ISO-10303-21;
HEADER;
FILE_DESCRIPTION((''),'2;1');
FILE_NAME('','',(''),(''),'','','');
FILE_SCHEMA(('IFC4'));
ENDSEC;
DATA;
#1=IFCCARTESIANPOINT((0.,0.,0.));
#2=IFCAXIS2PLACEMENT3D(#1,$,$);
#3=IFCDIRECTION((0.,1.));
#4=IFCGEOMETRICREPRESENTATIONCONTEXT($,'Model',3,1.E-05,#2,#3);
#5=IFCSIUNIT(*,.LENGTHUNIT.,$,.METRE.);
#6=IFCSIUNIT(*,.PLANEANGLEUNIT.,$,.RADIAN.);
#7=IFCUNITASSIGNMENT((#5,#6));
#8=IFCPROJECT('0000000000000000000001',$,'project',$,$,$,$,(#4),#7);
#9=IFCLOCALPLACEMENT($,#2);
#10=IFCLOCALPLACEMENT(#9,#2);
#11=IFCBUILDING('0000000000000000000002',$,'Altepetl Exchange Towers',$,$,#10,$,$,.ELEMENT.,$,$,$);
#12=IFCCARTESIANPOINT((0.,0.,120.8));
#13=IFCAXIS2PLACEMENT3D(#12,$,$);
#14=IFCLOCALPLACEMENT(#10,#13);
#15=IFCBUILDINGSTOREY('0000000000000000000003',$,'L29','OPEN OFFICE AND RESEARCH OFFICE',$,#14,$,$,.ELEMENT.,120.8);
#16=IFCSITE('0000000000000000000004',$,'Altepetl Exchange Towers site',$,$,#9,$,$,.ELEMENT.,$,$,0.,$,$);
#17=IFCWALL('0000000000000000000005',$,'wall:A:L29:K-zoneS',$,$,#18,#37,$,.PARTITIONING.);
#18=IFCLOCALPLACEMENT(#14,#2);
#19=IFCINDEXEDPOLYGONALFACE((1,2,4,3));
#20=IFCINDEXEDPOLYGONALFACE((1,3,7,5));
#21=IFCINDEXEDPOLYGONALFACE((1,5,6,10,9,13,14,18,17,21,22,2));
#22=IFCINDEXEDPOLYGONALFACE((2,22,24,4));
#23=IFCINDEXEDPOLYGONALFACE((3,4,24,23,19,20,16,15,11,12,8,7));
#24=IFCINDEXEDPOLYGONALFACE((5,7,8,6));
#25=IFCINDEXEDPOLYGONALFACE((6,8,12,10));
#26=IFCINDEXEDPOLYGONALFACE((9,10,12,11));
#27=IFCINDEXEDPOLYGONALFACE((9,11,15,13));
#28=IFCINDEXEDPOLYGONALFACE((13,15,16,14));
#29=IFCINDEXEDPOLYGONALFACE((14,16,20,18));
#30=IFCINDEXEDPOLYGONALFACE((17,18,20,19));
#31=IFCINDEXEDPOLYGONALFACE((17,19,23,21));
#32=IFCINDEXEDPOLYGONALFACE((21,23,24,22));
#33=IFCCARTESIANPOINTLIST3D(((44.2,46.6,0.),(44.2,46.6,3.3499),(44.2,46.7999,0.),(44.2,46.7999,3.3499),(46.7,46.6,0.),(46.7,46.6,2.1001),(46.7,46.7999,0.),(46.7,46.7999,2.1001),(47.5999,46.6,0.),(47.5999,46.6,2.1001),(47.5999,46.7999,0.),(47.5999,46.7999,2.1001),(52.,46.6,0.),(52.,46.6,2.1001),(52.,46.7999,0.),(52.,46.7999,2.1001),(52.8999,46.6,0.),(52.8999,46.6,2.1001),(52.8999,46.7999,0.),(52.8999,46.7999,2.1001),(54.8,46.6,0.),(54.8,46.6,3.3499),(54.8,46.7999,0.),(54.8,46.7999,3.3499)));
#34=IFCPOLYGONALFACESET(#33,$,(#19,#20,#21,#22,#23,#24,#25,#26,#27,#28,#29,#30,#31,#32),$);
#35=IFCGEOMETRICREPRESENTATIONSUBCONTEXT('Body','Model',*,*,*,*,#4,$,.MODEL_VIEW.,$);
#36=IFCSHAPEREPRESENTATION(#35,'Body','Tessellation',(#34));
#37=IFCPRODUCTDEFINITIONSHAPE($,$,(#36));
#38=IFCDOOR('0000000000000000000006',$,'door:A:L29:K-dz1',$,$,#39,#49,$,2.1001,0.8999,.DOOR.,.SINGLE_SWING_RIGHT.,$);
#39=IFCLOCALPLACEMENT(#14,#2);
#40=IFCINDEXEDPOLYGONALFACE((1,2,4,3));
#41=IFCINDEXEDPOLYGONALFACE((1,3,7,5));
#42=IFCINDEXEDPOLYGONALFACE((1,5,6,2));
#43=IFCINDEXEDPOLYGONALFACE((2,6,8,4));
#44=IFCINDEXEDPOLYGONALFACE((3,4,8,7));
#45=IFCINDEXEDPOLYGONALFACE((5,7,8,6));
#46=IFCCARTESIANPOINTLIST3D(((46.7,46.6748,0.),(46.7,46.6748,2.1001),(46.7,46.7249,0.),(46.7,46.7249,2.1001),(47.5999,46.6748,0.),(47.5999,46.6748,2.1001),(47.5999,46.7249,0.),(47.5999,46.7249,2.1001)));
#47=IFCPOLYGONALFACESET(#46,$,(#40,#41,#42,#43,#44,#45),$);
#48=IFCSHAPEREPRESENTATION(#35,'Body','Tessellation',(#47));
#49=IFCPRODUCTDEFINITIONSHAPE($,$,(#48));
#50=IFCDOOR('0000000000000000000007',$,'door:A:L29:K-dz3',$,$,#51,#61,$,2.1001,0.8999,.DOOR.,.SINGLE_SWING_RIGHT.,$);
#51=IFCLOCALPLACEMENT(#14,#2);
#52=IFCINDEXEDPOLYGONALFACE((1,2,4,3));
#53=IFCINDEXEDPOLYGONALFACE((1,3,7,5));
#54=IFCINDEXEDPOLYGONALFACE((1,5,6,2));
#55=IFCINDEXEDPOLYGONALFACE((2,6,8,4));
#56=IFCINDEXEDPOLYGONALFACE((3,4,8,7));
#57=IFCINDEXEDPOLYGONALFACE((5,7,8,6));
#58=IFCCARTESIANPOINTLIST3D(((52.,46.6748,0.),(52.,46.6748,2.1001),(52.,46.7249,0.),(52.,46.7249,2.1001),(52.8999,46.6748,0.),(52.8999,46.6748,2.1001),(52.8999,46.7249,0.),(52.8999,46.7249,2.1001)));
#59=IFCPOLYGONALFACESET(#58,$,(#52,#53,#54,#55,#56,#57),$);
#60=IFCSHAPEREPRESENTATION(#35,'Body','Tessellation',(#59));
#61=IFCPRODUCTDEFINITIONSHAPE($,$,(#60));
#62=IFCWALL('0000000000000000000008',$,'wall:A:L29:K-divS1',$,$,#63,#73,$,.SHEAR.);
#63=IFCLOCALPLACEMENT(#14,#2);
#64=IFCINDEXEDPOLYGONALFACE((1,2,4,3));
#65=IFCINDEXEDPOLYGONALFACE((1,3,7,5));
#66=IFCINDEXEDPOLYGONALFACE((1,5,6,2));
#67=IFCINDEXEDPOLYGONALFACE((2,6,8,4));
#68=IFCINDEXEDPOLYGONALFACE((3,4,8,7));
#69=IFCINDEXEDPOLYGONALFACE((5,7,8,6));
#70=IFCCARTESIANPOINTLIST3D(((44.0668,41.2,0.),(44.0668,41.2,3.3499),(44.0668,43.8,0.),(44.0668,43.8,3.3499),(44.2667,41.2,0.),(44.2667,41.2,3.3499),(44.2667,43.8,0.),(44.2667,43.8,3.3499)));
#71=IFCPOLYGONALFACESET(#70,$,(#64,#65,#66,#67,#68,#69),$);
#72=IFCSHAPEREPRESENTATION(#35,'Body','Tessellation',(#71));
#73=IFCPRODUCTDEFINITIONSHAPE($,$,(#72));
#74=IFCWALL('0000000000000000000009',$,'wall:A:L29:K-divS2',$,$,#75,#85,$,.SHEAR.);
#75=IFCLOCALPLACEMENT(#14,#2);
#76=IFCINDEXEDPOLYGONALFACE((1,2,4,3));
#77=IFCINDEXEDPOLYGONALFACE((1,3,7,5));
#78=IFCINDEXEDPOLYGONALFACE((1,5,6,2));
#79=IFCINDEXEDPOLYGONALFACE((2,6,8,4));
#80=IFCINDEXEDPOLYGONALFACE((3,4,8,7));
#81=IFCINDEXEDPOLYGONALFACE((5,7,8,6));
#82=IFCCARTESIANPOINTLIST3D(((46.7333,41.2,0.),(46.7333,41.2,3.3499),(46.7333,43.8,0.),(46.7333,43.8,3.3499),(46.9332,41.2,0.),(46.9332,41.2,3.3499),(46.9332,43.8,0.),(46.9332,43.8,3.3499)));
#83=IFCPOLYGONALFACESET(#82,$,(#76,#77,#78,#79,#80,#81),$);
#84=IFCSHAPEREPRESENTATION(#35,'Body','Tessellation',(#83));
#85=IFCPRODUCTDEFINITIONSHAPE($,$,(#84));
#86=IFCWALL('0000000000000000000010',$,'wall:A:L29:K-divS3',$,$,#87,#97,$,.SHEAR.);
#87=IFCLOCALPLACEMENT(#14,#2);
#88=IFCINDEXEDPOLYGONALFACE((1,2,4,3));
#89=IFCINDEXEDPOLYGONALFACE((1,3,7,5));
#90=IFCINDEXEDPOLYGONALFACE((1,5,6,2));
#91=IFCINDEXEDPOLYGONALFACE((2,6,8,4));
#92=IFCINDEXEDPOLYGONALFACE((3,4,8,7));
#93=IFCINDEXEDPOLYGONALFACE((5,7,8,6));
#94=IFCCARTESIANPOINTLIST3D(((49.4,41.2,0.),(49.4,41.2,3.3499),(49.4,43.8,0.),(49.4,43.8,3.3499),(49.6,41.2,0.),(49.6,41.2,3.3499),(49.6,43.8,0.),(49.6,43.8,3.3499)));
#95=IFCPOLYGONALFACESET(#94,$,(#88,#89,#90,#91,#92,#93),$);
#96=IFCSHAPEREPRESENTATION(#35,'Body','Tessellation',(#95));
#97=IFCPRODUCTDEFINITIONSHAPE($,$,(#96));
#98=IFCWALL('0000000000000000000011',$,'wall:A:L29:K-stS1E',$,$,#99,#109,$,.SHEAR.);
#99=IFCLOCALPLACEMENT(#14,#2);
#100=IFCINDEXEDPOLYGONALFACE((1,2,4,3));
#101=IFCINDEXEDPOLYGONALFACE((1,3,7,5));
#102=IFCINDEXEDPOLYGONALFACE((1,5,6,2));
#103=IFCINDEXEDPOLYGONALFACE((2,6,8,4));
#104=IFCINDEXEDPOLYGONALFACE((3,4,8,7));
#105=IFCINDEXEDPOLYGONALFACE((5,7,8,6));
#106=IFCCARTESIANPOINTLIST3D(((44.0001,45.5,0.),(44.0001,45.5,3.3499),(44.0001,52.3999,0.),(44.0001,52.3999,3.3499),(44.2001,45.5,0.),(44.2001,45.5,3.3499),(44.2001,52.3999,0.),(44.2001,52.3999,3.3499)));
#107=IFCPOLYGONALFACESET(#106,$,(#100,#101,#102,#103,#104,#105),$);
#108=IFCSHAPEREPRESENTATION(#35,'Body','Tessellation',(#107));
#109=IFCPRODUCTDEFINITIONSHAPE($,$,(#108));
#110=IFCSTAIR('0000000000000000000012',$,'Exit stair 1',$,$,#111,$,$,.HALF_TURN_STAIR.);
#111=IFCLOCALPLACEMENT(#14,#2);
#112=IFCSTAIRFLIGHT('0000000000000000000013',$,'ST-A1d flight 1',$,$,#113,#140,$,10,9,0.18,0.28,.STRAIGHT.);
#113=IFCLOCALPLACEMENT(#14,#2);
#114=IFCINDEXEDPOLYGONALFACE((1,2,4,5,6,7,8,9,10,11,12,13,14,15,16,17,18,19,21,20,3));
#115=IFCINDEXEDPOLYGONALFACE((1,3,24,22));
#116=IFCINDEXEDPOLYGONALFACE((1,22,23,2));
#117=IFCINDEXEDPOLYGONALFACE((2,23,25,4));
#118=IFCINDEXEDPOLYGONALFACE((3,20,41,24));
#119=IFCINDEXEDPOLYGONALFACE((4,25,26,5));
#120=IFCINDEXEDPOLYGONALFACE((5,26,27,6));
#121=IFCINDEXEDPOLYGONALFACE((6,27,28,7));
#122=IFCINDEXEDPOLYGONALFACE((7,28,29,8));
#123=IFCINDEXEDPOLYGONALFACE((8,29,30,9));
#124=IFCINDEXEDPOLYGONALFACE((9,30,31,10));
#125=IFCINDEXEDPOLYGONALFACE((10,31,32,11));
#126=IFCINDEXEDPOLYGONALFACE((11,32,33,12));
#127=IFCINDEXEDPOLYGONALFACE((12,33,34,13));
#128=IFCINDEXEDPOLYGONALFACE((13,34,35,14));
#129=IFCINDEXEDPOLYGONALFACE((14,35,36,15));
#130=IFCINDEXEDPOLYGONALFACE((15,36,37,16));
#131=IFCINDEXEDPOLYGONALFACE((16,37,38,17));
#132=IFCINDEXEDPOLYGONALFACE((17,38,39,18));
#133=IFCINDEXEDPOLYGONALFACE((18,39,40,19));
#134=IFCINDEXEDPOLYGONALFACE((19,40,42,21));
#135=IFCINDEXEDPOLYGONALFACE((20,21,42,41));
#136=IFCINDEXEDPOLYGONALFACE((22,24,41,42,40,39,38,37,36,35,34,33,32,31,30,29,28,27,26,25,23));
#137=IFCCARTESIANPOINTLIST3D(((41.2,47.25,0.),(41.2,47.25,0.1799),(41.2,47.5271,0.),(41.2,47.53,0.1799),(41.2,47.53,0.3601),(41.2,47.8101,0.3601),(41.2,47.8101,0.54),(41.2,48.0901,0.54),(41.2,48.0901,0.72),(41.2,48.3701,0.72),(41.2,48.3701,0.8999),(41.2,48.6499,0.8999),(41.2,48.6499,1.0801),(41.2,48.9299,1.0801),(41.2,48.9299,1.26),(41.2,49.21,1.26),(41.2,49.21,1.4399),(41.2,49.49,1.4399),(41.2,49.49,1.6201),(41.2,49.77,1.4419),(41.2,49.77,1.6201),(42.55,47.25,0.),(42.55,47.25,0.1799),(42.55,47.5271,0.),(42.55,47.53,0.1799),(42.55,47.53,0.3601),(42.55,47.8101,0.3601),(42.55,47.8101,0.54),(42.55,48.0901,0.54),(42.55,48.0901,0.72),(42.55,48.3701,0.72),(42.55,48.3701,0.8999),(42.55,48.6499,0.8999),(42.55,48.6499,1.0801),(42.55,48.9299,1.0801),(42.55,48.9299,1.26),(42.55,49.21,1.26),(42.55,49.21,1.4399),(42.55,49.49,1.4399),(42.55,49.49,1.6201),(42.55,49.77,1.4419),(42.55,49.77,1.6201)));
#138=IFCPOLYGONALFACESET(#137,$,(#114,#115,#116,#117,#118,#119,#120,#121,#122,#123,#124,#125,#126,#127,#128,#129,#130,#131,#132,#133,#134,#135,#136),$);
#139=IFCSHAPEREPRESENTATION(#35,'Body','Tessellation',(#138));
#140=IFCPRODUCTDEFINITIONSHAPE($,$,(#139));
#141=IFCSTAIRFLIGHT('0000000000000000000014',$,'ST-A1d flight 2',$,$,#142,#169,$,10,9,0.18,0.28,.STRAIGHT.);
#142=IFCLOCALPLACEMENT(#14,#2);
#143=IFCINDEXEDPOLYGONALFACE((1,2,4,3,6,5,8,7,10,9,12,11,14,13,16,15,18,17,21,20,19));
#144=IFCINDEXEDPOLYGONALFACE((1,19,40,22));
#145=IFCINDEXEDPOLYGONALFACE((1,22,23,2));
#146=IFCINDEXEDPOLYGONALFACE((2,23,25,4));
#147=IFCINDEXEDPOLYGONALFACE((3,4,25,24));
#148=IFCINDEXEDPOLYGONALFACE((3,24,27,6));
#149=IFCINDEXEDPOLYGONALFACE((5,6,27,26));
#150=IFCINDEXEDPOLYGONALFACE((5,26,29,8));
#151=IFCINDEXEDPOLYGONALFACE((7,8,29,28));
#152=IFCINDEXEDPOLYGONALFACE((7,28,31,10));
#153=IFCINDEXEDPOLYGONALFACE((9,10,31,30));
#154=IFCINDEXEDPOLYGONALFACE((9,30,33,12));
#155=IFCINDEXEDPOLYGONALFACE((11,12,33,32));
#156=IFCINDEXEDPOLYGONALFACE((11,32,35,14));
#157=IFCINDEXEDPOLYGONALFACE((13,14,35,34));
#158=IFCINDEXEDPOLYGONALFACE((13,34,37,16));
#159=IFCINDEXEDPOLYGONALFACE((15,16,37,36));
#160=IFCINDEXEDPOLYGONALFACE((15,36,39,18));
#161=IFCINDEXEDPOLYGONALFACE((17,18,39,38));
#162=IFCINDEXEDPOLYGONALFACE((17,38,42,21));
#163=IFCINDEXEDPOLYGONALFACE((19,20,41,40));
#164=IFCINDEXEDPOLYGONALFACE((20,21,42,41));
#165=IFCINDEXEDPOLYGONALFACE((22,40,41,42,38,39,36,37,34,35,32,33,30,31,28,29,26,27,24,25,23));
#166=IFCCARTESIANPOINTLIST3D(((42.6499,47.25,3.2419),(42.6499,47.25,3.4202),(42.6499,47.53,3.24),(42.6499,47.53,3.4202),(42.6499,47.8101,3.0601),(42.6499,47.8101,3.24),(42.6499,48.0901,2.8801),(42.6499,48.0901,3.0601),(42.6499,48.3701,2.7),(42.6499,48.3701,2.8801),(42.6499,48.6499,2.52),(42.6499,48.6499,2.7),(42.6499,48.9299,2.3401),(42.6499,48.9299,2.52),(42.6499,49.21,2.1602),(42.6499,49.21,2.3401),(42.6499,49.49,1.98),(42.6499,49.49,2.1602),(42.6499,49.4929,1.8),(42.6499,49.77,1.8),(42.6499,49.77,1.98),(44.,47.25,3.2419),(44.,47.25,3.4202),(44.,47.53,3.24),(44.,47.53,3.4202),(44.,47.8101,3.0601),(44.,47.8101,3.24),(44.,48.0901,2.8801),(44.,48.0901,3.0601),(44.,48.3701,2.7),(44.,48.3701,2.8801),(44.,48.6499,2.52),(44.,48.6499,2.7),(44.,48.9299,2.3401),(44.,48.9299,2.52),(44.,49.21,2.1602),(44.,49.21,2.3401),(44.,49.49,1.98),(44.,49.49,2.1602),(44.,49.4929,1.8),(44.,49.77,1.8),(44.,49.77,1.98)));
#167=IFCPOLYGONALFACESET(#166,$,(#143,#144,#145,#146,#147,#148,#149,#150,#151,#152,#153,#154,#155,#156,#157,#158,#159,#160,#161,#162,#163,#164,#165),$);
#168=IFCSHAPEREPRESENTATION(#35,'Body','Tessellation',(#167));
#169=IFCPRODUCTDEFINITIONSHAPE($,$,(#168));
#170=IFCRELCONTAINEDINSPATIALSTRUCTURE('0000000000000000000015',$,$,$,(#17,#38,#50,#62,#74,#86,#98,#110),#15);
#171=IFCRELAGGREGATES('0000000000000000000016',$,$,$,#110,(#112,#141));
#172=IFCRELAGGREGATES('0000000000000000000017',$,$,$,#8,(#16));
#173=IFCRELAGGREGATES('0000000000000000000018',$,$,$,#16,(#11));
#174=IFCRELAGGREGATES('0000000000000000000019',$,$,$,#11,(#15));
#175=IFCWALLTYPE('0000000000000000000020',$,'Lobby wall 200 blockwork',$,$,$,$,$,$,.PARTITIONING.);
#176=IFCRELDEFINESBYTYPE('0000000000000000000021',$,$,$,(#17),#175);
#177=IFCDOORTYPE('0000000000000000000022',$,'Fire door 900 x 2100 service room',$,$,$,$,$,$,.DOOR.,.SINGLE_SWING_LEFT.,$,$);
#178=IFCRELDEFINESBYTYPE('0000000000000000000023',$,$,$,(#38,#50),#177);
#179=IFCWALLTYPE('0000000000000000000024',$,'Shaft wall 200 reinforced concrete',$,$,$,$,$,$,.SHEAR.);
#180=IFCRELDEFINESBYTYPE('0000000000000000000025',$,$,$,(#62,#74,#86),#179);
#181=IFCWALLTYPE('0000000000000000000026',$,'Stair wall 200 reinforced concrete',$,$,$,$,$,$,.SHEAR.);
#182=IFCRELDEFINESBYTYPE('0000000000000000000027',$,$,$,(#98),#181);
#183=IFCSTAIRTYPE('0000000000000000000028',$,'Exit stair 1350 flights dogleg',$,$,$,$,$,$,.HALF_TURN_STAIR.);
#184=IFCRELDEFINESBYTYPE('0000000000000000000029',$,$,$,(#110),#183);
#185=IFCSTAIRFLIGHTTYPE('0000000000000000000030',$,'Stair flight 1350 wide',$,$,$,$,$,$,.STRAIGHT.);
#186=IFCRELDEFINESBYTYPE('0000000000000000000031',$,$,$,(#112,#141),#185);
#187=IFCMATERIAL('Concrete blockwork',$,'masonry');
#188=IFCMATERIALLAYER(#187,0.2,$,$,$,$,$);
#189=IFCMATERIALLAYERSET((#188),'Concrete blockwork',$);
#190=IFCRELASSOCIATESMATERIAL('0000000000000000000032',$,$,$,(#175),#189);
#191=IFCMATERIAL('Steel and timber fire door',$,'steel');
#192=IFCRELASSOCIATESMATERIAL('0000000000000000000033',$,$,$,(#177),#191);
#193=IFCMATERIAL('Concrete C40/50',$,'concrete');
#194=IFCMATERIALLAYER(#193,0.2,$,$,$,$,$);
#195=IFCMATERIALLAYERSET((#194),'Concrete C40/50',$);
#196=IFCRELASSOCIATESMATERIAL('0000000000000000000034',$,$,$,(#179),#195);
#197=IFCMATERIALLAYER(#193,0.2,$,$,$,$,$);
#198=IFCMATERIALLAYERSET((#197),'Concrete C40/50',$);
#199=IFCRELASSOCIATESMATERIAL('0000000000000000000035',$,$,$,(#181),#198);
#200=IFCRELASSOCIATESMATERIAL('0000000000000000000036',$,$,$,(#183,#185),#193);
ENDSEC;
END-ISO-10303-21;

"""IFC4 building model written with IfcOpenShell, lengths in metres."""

from ifc_helpers import new_model, si_unit, direction, frame, frame_2d, origin, place, context, subcontext, project, spatial, polyline, rectangle, outline, extrude, material, layer, layer_set, type_object, element, fill, aggregate, save


model = new_model("IFC4")

# Units and contexts
model_context = context("Model", 3, precision=1e-05, world=origin(), true_north=direction((0.0, 1.0)))
body_context = subcontext(model_context, "Body", "Model", "MODEL_VIEW")
ifc_project = project(units=[si_unit("LENGTHUNIT", "METRE"), si_unit("PLANEANGLEUNIT", "RADIAN")], contexts=[model_context])

# Site, building, storey
site_placement = place(None, origin())
site = spatial("IfcSite", under=ifc_project, at=site_placement, Name="Altepetl Exchange Towers site", CompositionType="ELEMENT", RefElevation=0.0)
building_placement = place(site_placement, origin())
building = spatial("IfcBuilding", under=site, at=building_placement, Name="Altepetl Exchange Towers", CompositionType="ELEMENT")
storey_placement = place(building_placement, frame((0.0, 0.0, 120.8)))
storey = spatial("IfcBuildingStorey", under=building, at=storey_placement, Name="L29", Description="OPEN OFFICE AND RESEARCH OFFICE", CompositionType="ELEMENT", Elevation=120.8)

# Shared definitions
ifc_material_1 = material(Name="Concrete blockwork", Category="masonry")
ifc_layer_1 = layer(ifc_material_1, 0.2)
ifc_layer_set_1 = layer_set([ifc_layer_1], Name="Concrete blockwork")
wall_type_1 = type_object("IfcWallType", Name="Lobby wall 200 blockwork", PredefinedType="PARTITIONING", material=ifc_layer_set_1)

# Shared definitions
ifc_material_2 = material(Name="Steel and timber fire door", Category="steel")

# Wall, openings, doors
door_type_1 = type_object("IfcDoorType", Name="Fire door 900 x 2100 service room", OperationType="SINGLE_SWING_LEFT", PredefinedType="DOOR", material=ifc_material_2)
wall_1_placement = place(storey_placement, frame((44.2, 46.7, 0.0)))
wall_1 = element("IfcWall", 1, at=wall_1_placement, inside=storey, type_object=wall_type_1, Name="wall:A:L29:K-zoneS", PredefinedType="PARTITIONING", context=body_context, shape_type="SweptSolid", body=[
    extrude(rectangle(XDim=10.6001, YDim=0.2, at=frame_2d((5.3, 0.0))), origin(), (0.0, 0.0, 1.0), 3.3499),
])
opening_1_placement = place(wall_1_placement, frame((2.5, 0.0, 0.0)))
opening_1 = element("IfcOpeningElement", 2, at=opening_1_placement, cuts=wall_1, PredefinedType="OPENING", context=body_context, shape_type="SweptSolid", body=[
    extrude(rectangle(XDim=0.8999, YDim=2.1001, at=frame_2d((0.45, 1.05))), frame((0.0, 0.1099, 0.0), z_axis=(0.0, -1.0, 0.0), x_axis=(1.0, 0.0, 0.0)), (0.0, 0.0, 1.0), 0.22),
])
opening_2_placement = place(wall_1_placement, frame((7.8, 0.0, 0.0)))
opening_2 = element("IfcOpeningElement", 3, at=opening_2_placement, cuts=wall_1, PredefinedType="OPENING", context=body_context, shape_type="SweptSolid", body=[
    extrude(rectangle(XDim=0.8999, YDim=2.1001, at=frame_2d((0.45, 1.05))), frame((0.0, 0.1099, 0.0), z_axis=(0.0, -1.0, 0.0), x_axis=(1.0, 0.0, 0.0)), (0.0, 0.0, 1.0), 0.22),
])
door_1_placement = place(opening_1_placement, origin())
door_1 = element("IfcDoor", 4, at=door_1_placement, inside=storey, type_object=door_type_1, Name="door:A:L29:K-dz1", OperationType="SINGLE_SWING_RIGHT", OverallHeight=2.1001, OverallWidth=0.8999, PredefinedType="DOOR", context=body_context, shape_type="SweptSolid", body=[
    extrude(rectangle(XDim=0.8999, YDim=2.1001, at=frame_2d((0.45, 1.05))), frame((0.0, 0.0249, 0.0), z_axis=(0.0, -1.0, 0.0), x_axis=(1.0, 0.0, 0.0)), (0.0, 0.0, 1.0), 0.05),
])
fill(opening_1, door_1)
door_2_placement = place(opening_2_placement, origin())
door_2 = element("IfcDoor", 5, at=door_2_placement, inside=storey, type_object=door_type_1, Name="door:A:L29:K-dz3", OperationType="SINGLE_SWING_RIGHT", OverallHeight=2.1001, OverallWidth=0.8999, PredefinedType="DOOR", context=body_context, shape_type="SweptSolid", body=[
    extrude(rectangle(XDim=0.8999, YDim=2.1001, at=frame_2d((0.45, 1.05))), frame((0.0, 0.0249, 0.0), z_axis=(0.0, -1.0, 0.0), x_axis=(1.0, 0.0, 0.0)), (0.0, 0.0, 1.0), 0.05),
])
fill(opening_2, door_2)

# Walls
ifc_material_3 = material(Name="Concrete C40/50", Category="concrete")
ifc_layer_2 = layer(ifc_material_3, 0.2)
ifc_layer_set_2 = layer_set([ifc_layer_2], Name="Concrete C40/50")
wall_type_2 = type_object("IfcWallType", Name="Shaft wall 200 reinforced concrete", PredefinedType="SHEAR", material=ifc_layer_set_2)
for number, where, z_axis, x_axis, name in (
    (6, (44.1667, 41.2, 0.0), (0.0, 0.0, 1.0), (0.0, 1.0, 0.0), "wall:A:L29:K-divS1"),
    (7, (46.8333, 41.2, 0.0), (0.0, 0.0, 1.0), (0.0, 1.0, 0.0), "wall:A:L29:K-divS2"),
    (8, (49.5, 41.2, 0.0), (0.0, 0.0, 1.0), (0.0, 1.0, 0.0), "wall:A:L29:K-divS3"),
):
    element("IfcWall", number, at=place(storey_placement, frame(where, z_axis=z_axis, x_axis=x_axis)), inside=storey, type_object=wall_type_2, Name=name, PredefinedType="SHEAR", context=body_context, shape_type="SweptSolid", body=[
        extrude(rectangle(XDim=2.6001, YDim=0.2, at=frame_2d((1.3, 0.0))), origin(), (0.0, 0.0, 1.0), 3.3499),
    ])
ifc_layer_3 = layer(ifc_material_3, 0.2)
ifc_layer_set_3 = layer_set([ifc_layer_3], Name="Concrete C40/50")
wall_type_3 = type_object("IfcWallType", Name="Stair wall 200 reinforced concrete", PredefinedType="SHEAR", material=ifc_layer_set_3)
wall_2_placement = place(storey_placement, frame((44.1001, 45.5, 0.0), z_axis=(0.0, 0.0, 1.0), x_axis=(0.0, 1.0, 0.0)))
element("IfcWall", 9, at=wall_2_placement, inside=storey, type_object=wall_type_3, Name="wall:A:L29:K-stS1E", PredefinedType="SHEAR", context=body_context, shape_type="SweptSolid", body=[
    extrude(rectangle(XDim=6.8999, YDim=0.2, at=frame_2d((3.45, 0.0))), origin(), (0.0, 0.0, 1.0), 3.3499),
])

# Stair, stair flights
stair_type = type_object("IfcStairType", Name="Exit stair 1350 flights dogleg", PredefinedType="HALF_TURN_STAIR", material=ifc_material_3)
stair_placement = place(storey_placement, origin())
stair = element("IfcStair", 10, at=stair_placement, inside=storey, type_object=stair_type, Name="Exit stair 1", PredefinedType="HALF_TURN_STAIR")
stair_flight_type = type_object("IfcStairFlightType", Name="Stair flight 1350 wide", PredefinedType="STRAIGHT", material=ifc_material_3)
stair_flight_1_placement = place(storey_placement, frame((41.875, 47.25, 0.0), z_axis=(0.0, 0.0, 1.0), x_axis=(0.0, 1.0, 0.0)))
stair_flight_1 = element("IfcStairFlight", 11, at=stair_flight_1_placement, type_object=stair_flight_type, Name="ST-A1d flight 1", NumberOfRisers=10, NumberOfTreads=9, PredefinedType="STRAIGHT", RiserHeight=0.18, TreadLength=0.28, context=body_context, shape_type="SweptSolid", body=[
    extrude(outline(polyline([(0.0, 0.0), (0.0, 0.1799), (0.28, 0.1799), (0.28, 0.3601), (0.5601, 0.3601), (0.5601, 0.54), (0.8401, 0.54), (0.8401, 0.72), (1.1201, 0.72), (1.1201, 0.8999), (1.3999, 0.8999), (1.3999, 1.0801), (1.6799, 1.0801), (1.6799, 1.26), (1.96, 1.26), (1.96, 1.4399), (2.24, 1.4399), (2.24, 1.6201), (2.52, 1.6201), (2.52, 1.8), (2.52, 1.4419), (0.2771, 0.0), (0.0, 0.0)])), frame((0.0, 0.675, 0.0), z_axis=(0.0, -1.0, 0.0), x_axis=(1.0, 0.0, 0.0)), (0.0, 0.0, 1.0), 1.3501),
])
stair_flight_2_placement = place(storey_placement, frame((43.325, 49.77, 1.8), z_axis=(0.0, 0.0, 1.0), x_axis=(0.0, -1.0, 0.0)))
stair_flight_2 = element("IfcStairFlight", 12, at=stair_flight_2_placement, type_object=stair_flight_type, Name="ST-A1d flight 2", NumberOfRisers=10, NumberOfTreads=9, PredefinedType="STRAIGHT", RiserHeight=0.18, TreadLength=0.28, context=body_context, shape_type="SweptSolid", body=[
    extrude(outline(polyline([(0.0, 0.0), (0.0, 0.1799), (0.28, 0.1799), (0.28, 0.3601), (0.5601, 0.3601), (0.5601, 0.54), (0.8401, 0.54), (0.8401, 0.72), (1.1201, 0.72), (1.1201, 0.8999), (1.3999, 0.8999), (1.3999, 1.0801), (1.6799, 1.0801), (1.6799, 1.26), (1.96, 1.26), (1.96, 1.4399), (2.24, 1.4399), (2.24, 1.6201), (2.52, 1.6201), (2.52, 1.8), (2.52, 1.4419), (0.2771, 0.0), (0.0, 0.0)])), frame((0.0, 0.675, 0.0), z_axis=(0.0, -1.0, 0.0), x_axis=(1.0, 0.0, 0.0)), (0.0, 0.0, 1.0), 1.3501),
])
aggregate(stair, [stair_flight_1, stair_flight_2])

save(model, "model.ifc")
